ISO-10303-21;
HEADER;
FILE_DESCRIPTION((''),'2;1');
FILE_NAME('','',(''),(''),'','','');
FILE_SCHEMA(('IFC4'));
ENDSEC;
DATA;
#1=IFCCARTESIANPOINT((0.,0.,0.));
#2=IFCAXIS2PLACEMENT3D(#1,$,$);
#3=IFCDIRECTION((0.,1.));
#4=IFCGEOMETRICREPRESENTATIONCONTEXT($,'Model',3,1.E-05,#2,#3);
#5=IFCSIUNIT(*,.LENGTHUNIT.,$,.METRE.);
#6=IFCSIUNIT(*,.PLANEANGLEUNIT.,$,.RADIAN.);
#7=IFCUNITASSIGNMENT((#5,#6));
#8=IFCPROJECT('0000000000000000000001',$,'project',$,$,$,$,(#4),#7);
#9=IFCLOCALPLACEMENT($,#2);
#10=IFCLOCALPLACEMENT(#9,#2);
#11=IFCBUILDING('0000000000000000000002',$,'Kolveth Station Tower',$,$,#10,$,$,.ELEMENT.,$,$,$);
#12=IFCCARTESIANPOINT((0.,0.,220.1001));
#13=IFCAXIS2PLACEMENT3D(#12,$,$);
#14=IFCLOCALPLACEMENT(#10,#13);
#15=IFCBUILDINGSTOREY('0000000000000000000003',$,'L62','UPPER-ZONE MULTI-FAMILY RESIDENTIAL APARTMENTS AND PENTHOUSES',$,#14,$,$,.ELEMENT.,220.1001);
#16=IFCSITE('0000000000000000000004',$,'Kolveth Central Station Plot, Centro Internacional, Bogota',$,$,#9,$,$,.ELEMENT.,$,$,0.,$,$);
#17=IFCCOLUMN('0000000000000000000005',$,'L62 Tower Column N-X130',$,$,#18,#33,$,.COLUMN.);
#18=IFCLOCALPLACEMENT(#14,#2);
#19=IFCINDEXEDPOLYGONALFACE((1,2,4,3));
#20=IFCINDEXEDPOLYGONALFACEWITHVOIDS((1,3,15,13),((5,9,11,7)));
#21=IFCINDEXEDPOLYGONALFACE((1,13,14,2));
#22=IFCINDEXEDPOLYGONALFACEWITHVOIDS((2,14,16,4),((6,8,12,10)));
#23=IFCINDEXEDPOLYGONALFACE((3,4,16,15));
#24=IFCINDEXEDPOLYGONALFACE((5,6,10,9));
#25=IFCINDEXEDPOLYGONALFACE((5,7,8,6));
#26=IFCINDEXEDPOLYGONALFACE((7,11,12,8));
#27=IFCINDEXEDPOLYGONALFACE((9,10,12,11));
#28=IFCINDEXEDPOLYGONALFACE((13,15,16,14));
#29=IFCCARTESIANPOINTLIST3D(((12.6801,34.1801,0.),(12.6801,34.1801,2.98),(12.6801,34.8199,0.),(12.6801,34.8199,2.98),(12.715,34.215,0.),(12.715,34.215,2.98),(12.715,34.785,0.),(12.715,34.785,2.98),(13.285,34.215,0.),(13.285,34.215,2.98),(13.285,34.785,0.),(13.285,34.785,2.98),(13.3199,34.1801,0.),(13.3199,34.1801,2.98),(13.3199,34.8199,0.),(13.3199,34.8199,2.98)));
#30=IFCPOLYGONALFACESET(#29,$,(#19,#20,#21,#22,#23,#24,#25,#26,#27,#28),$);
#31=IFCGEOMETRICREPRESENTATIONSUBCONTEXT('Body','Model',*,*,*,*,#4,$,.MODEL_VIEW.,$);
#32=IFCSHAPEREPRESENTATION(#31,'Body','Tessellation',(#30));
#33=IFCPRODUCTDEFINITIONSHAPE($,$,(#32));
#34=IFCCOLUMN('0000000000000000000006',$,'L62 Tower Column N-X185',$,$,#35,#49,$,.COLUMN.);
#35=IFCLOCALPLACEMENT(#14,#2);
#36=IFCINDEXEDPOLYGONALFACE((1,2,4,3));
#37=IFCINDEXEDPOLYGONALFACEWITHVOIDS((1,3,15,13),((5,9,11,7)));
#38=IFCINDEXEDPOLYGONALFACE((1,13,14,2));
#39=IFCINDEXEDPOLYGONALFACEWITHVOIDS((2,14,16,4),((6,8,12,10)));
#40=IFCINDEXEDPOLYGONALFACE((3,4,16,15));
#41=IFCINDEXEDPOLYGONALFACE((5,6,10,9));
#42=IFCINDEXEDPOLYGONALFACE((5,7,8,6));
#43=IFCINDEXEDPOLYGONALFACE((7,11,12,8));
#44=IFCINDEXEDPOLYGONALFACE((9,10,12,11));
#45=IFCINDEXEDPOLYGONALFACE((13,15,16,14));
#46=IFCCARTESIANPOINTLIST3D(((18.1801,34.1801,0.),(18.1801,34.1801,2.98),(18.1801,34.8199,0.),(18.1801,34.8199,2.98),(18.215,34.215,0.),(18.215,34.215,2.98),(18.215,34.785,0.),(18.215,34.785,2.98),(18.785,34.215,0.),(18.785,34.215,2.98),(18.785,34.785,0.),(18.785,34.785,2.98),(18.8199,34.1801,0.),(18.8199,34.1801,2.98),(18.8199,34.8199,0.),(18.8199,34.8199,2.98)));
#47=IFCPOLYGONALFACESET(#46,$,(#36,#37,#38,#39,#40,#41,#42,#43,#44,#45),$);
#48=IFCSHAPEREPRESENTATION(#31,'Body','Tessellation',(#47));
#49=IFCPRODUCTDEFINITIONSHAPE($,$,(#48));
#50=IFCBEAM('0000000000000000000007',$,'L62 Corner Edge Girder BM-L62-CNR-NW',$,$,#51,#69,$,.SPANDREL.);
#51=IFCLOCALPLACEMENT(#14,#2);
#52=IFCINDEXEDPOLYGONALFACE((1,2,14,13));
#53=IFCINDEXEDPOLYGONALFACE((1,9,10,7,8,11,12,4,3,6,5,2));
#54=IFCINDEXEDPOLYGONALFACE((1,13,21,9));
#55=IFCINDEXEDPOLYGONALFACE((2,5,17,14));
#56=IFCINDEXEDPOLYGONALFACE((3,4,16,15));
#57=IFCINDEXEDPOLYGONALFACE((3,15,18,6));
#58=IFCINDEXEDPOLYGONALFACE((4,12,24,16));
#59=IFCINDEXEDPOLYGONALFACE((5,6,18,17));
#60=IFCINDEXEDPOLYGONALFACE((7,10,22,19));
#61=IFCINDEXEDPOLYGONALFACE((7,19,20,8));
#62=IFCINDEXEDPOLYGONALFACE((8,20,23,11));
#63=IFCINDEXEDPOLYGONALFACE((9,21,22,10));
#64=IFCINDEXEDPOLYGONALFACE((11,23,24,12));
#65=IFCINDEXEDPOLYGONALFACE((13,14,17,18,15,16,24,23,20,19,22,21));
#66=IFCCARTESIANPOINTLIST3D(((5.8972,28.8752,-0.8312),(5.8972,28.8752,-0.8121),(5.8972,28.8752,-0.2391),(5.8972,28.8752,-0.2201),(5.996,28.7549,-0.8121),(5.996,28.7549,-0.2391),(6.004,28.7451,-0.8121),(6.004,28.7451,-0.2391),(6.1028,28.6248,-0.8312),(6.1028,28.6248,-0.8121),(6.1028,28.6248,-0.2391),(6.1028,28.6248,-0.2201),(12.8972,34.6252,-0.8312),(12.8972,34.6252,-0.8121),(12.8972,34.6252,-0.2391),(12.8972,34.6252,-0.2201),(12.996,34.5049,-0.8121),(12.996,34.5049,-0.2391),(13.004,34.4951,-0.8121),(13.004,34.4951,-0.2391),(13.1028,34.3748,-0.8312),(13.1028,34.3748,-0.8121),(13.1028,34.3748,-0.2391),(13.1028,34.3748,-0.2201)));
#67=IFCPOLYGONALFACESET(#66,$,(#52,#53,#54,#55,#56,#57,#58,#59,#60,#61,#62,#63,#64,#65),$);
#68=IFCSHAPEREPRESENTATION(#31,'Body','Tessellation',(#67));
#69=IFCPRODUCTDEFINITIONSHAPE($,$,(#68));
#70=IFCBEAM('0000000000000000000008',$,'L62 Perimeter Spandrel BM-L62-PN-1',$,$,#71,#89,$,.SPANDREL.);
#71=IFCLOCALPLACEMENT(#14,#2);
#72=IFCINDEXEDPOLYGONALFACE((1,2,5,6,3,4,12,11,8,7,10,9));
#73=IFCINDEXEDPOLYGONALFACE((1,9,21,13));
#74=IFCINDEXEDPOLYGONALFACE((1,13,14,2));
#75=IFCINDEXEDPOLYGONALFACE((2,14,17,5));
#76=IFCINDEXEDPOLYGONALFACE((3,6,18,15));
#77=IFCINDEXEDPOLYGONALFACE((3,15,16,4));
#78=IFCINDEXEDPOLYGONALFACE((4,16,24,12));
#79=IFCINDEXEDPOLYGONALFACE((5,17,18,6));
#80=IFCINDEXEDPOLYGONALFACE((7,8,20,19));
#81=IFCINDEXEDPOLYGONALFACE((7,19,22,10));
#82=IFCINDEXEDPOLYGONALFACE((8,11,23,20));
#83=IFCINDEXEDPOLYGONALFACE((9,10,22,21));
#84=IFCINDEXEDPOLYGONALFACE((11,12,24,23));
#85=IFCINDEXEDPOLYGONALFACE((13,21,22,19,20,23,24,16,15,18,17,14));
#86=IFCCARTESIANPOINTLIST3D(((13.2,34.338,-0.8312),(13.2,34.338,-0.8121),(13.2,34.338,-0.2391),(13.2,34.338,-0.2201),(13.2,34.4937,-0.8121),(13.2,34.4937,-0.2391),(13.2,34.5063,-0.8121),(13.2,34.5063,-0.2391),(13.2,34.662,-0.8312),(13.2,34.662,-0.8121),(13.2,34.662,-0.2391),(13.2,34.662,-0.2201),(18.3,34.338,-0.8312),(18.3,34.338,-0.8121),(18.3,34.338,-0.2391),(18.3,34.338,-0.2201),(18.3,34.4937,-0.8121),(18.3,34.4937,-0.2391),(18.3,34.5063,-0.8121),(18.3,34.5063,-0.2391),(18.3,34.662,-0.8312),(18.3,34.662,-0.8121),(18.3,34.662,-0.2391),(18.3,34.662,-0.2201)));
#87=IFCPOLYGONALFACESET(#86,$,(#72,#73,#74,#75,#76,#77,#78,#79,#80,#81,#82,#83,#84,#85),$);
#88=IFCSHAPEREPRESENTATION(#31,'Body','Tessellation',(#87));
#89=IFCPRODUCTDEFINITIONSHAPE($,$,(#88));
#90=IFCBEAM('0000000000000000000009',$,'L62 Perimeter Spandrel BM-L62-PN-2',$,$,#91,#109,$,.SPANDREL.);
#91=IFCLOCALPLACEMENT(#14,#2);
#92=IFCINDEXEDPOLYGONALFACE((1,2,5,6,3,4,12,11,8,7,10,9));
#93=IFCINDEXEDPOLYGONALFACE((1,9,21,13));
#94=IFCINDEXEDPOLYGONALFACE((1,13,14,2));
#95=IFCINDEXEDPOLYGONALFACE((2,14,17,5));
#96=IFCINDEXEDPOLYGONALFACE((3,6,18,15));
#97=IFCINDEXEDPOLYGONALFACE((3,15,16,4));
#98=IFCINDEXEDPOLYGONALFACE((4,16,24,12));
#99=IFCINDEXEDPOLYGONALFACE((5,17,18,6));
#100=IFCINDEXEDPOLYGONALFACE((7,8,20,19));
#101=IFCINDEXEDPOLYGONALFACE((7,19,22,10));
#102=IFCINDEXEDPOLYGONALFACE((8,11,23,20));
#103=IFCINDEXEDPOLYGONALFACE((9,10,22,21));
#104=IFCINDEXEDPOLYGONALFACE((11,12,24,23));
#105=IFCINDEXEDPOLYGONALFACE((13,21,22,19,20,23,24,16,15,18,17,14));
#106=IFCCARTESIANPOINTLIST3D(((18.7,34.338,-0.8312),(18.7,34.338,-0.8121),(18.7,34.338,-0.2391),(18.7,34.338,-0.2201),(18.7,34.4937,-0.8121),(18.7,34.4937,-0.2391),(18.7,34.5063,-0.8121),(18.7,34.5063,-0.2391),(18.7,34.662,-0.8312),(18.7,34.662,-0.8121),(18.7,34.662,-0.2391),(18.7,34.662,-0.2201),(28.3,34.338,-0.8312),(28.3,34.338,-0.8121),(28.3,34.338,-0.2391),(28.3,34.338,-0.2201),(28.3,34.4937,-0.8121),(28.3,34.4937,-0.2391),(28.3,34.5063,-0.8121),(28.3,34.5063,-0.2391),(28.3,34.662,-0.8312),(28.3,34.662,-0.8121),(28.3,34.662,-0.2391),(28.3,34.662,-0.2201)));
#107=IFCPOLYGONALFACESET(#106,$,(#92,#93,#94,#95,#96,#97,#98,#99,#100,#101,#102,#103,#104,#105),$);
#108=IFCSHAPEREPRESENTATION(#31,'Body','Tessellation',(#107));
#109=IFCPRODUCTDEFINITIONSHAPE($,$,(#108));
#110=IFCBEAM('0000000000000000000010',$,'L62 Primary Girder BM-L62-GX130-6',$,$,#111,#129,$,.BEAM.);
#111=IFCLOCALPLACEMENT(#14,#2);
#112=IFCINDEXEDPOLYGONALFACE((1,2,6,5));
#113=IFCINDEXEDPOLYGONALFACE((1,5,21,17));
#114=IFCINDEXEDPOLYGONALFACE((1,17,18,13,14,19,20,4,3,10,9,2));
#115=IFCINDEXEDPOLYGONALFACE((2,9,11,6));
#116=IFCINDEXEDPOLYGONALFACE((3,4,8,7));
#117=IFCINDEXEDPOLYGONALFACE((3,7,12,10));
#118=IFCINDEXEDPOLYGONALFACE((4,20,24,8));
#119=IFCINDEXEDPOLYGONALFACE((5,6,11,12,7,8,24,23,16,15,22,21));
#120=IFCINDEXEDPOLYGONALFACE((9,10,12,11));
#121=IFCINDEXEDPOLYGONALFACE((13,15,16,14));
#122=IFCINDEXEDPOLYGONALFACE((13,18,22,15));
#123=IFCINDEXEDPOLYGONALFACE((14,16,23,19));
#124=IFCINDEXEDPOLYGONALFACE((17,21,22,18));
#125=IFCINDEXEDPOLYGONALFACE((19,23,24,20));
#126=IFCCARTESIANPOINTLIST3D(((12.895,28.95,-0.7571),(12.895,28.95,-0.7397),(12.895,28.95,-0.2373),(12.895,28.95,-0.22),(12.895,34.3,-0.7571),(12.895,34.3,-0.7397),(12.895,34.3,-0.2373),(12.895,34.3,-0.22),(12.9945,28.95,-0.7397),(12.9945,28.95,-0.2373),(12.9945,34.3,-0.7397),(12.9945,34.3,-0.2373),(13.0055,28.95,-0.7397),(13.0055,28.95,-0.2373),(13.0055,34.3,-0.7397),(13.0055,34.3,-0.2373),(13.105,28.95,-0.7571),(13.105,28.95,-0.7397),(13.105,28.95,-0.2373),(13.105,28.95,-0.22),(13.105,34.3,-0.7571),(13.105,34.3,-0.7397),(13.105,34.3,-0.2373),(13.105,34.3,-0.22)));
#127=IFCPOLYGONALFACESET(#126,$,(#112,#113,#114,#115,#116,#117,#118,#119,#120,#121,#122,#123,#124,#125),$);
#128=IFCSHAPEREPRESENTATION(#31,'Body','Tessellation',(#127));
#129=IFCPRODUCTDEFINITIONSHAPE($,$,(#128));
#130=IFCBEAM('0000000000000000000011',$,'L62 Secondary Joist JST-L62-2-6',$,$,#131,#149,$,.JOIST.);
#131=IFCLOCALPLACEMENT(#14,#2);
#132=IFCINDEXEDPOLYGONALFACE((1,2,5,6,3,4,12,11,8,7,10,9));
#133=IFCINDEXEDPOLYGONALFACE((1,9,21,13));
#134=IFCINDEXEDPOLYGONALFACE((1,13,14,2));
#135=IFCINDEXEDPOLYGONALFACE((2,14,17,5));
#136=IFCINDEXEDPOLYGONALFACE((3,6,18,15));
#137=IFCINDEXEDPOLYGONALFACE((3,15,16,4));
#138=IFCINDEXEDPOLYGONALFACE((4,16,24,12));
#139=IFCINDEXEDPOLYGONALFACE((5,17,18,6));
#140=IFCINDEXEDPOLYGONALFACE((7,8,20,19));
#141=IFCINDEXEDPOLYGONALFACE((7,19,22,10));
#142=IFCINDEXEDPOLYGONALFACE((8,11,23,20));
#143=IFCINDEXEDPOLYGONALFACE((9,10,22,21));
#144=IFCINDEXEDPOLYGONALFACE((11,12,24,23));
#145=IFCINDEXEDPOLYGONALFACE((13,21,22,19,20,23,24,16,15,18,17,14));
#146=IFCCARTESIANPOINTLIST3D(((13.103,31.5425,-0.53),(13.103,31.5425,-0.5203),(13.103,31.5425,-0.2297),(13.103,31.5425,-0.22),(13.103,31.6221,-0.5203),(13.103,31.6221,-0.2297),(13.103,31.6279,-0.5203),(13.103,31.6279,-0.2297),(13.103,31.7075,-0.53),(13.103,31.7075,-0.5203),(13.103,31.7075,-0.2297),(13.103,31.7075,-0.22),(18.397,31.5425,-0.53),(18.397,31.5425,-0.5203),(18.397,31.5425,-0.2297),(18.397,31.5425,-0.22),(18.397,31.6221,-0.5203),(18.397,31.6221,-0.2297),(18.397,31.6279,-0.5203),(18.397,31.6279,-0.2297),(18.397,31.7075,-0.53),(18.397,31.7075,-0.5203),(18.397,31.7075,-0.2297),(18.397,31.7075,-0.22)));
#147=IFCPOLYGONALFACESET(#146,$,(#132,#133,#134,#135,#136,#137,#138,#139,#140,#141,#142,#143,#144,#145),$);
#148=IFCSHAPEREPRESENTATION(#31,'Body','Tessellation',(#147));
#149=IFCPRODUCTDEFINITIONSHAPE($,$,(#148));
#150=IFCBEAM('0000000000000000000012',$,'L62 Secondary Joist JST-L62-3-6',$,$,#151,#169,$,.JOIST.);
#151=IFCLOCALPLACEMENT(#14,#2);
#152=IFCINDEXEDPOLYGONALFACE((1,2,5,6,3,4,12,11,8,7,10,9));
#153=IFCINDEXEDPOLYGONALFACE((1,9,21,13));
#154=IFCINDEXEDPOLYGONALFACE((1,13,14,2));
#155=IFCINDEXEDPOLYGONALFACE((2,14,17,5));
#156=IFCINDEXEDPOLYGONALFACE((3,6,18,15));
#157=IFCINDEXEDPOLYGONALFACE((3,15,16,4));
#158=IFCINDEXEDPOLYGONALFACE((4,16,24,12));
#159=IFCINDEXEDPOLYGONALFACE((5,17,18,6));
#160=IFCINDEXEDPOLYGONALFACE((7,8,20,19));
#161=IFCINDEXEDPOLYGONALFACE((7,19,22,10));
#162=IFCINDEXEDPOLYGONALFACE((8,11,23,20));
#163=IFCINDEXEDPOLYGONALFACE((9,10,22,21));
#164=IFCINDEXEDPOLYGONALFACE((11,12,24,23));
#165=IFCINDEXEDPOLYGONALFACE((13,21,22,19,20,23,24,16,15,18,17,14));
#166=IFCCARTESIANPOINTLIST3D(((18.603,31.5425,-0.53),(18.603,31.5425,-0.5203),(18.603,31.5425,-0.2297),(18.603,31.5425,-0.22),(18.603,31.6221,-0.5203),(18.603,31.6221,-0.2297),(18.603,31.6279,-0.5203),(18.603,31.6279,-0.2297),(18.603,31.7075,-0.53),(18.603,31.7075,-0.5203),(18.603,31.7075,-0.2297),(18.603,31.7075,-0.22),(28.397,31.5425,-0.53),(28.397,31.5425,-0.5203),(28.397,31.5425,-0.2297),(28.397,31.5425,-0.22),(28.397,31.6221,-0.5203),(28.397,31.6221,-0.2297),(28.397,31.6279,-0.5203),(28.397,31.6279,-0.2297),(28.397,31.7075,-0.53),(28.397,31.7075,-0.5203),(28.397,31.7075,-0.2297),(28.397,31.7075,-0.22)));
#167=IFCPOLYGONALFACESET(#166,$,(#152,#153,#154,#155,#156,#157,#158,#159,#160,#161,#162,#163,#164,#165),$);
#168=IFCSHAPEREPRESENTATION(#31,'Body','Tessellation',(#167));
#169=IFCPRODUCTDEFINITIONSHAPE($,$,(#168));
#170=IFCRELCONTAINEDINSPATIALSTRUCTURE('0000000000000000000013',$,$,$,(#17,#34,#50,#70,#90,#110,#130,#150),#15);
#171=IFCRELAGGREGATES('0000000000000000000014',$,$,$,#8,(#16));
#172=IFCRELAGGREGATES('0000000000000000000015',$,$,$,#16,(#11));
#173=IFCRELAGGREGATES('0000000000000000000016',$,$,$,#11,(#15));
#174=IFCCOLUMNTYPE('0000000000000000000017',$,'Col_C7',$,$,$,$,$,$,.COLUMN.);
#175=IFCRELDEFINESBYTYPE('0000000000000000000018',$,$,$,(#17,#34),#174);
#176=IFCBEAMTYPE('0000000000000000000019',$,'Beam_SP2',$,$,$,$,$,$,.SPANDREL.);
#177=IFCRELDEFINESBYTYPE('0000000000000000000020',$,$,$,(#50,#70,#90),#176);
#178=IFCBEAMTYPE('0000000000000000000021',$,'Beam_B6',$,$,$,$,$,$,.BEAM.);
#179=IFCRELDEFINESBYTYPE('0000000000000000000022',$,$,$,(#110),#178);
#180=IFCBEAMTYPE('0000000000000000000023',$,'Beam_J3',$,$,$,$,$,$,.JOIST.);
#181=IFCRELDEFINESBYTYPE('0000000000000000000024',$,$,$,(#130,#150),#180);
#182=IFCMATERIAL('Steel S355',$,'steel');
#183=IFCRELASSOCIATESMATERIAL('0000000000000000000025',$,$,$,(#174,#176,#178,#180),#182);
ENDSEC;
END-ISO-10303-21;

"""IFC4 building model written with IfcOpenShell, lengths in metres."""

from ifc_helpers import new_model, si_unit, direction, frame, origin, origin_2d, place, context, subcontext, project, spatial, hollow_rectangle, i_section, extrude, source, transform, mapped, material, material_profile, profile_set, type_object, element, save


model = new_model("IFC4")

# Units and contexts
model_context = context("Model", 3, precision=1e-05, world=origin(), true_north=direction((0.0, 1.0)))
body_context = subcontext(model_context, "Body", "Model", "MODEL_VIEW")
ifc_project = project(units=[si_unit("LENGTHUNIT", "METRE"), si_unit("PLANEANGLEUNIT", "RADIAN")], contexts=[model_context])

# Site, building, storey
site_placement = place(None, origin())
site = spatial("IfcSite", under=ifc_project, at=site_placement, Name="Kolveth Central Station Plot, Centro Internacional, Bogota", CompositionType="ELEMENT", RefElevation=0.0)
building_placement = place(site_placement, origin())
building = spatial("IfcBuilding", under=site, at=building_placement, Name="Kolveth Station Tower", CompositionType="ELEMENT")
storey_placement = place(building_placement, frame((0.0, 0.0, 220.1001)))
storey = spatial("IfcBuildingStorey", under=building, at=storey_placement, Name="L62", Description="UPPER-ZONE MULTI-FAMILY RESIDENTIAL APARTMENTS AND PENTHOUSES", CompositionType="ELEMENT", Elevation=220.1001)

# Columns
ifc_material_1 = material(Name="Steel S355", Category="steel")
ifc_material_profile_1 = material_profile(ifc_material_1, hollow_rectangle(XDim=0.6399, YDim=0.6399, WallThickness=0.0349, at=origin_2d()), Name="BOX640x640x35")
ifc_profile_set_1 = profile_set([ifc_material_profile_1], Name="Steel S355")
column_type = type_object("IfcColumnType", Name="Col_C7", PredefinedType="COLUMN", material=ifc_profile_set_1)
shared_shape_1 = source(origin(), body_context, "Body", "SweptSolid", [
    extrude(hollow_rectangle(XDim=0.6399, YDim=0.6399, WallThickness=0.0349, at=origin_2d()), origin(), (0.0, 0.0, 1.0), 2.98),
])
for number, where, z_axis, x_axis, name in (
    (1, (13.0, 34.5, 0.0), (0.0, 0.0, 1.0), (1.0, 0.0, 0.0), "L62 Tower Column N-X130"),
    (2, (18.5, 34.5, 0.0), (0.0, 0.0, 1.0), (1.0, 0.0, 0.0), "L62 Tower Column N-X185"),
):
    element("IfcColumn", number, at=place(storey_placement, frame(where, z_axis=z_axis, x_axis=x_axis)), inside=storey, type_object=column_type, Name=name, PredefinedType="COLUMN", context=body_context, shape_type="MappedRepresentation", body=[
        mapped(shared_shape_1, transform((0.0, 0.0, 0.0), x_axis=(1.0, 0.0, 0.0), y_axis=(0.0, 1.0, 0.0), z_axis=(0.0, 0.0, 1.0), scale=1.0)),
    ])

# Beams
ifc_material_profile_2 = material_profile(ifc_material_1, i_section(OverallWidth=0.324, OverallDepth=0.6111, WebThickness=0.0127, FlangeThickness=0.019, at=origin_2d()), Name="W610x155")
ifc_profile_set_2 = profile_set([ifc_material_profile_2], Name="Steel S355")
beam_type_1 = type_object("IfcBeamType", Name="Beam_SP2", PredefinedType="SPANDREL", material=ifc_profile_set_2)
shared_shape_2 = source(origin(), body_context, "Body", "SweptSolid", [
    extrude(i_section(OverallWidth=0.324, OverallDepth=0.6111, WebThickness=0.0127, FlangeThickness=0.019, at=origin_2d()), origin(), (0.0, 0.0, 1.0), 9.0588),
])
beam_1_placement = place(storey_placement, frame((13.0, 34.5, -0.5256), z_axis=(-0.772726, -0.634739, 0.0), x_axis=(0.634739, -0.772726, 0.0)))
element("IfcBeam", 3, at=beam_1_placement, inside=storey, type_object=beam_type_1, Name="L62 Corner Edge Girder BM-L62-CNR-NW", PredefinedType="SPANDREL", context=body_context, shape_type="MappedRepresentation", body=[
    mapped(shared_shape_2, transform((0.0, 0.0, 0.0), x_axis=(1.0, 0.0, 0.0), y_axis=(0.0, 1.0, 0.0), z_axis=(0.0, 0.0, 1.0), scale=1.0)),
])
shared_shape_3 = source(origin(), body_context, "Body", "SweptSolid", [
    extrude(i_section(OverallWidth=0.324, OverallDepth=0.6111, WebThickness=0.0127, FlangeThickness=0.019, at=origin_2d()), origin(), (0.0, 0.0, 1.0), 5.1001),
])
beam_2_placement = place(storey_placement, frame((13.2, 34.5, -0.5256), z_axis=(1.0, 0.0, 0.0), x_axis=(0.0, 1.0, 0.0)))
element("IfcBeam", 4, at=beam_2_placement, inside=storey, type_object=beam_type_1, Name="L62 Perimeter Spandrel BM-L62-PN-1", PredefinedType="SPANDREL", context=body_context, shape_type="MappedRepresentation", body=[
    mapped(shared_shape_3, transform((0.0, 0.0, 0.0), x_axis=(1.0, 0.0, 0.0), y_axis=(0.0, 1.0, 0.0), z_axis=(0.0, 0.0, 1.0), scale=1.0)),
])
shared_shape_4 = source(origin(), body_context, "Body", "SweptSolid", [
    extrude(i_section(OverallWidth=0.324, OverallDepth=0.6111, WebThickness=0.0127, FlangeThickness=0.019, at=origin_2d()), origin(), (0.0, 0.0, 1.0), 9.6001),
])
beam_3_placement = place(storey_placement, frame((18.7, 34.5, -0.5256), z_axis=(1.0, 0.0, 0.0), x_axis=(0.0, 1.0, 0.0)))
element("IfcBeam", 5, at=beam_3_placement, inside=storey, type_object=beam_type_1, Name="L62 Perimeter Spandrel BM-L62-PN-2", PredefinedType="SPANDREL", context=body_context, shape_type="MappedRepresentation", body=[
    mapped(shared_shape_4, transform((0.0, 0.0, 0.0), x_axis=(1.0, 0.0, 0.0), y_axis=(0.0, 1.0, 0.0), z_axis=(0.0, 0.0, 1.0), scale=1.0)),
])
ifc_material_profile_3 = material_profile(ifc_material_1, i_section(OverallWidth=0.21, OverallDepth=0.5371, WebThickness=0.011, FlangeThickness=0.0173, at=origin_2d()), Name="W530x101")
ifc_profile_set_3 = profile_set([ifc_material_profile_3], Name="Steel S355")
beam_type_2 = type_object("IfcBeamType", Name="Beam_B6", PredefinedType="BEAM", material=ifc_profile_set_3)
shared_shape_5 = source(origin(), body_context, "Body", "SweptSolid", [
    extrude(i_section(OverallWidth=0.21, OverallDepth=0.5371, WebThickness=0.011, FlangeThickness=0.0173, at=origin_2d()), origin(), (0.0, 0.0, 1.0), 5.3501),
])
beam_4_placement = place(storey_placement, frame((13.0, 28.95, -0.4885), z_axis=(0.0, 1.0, 0.0), x_axis=(-1.0, 0.0, 0.0)))
element("IfcBeam", 6, at=beam_4_placement, inside=storey, type_object=beam_type_2, Name="L62 Primary Girder BM-L62-GX130-6", PredefinedType="BEAM", context=body_context, shape_type="MappedRepresentation", body=[
    mapped(shared_shape_5, transform((0.0, 0.0, 0.0), x_axis=(1.0, 0.0, 0.0), y_axis=(0.0, 1.0, 0.0), z_axis=(0.0, 0.0, 1.0), scale=1.0)),
])
ifc_material_profile_4 = material_profile(ifc_material_1, i_section(OverallWidth=0.165, OverallDepth=0.3101, WebThickness=0.0059, FlangeThickness=0.0098, at=origin_2d()), Name="W310x39")
ifc_profile_set_4 = profile_set([ifc_material_profile_4], Name="Steel S355")
beam_type_3 = type_object("IfcBeamType", Name="Beam_J3", PredefinedType="JOIST", material=ifc_profile_set_4)
shared_shape_6 = source(origin(), body_context, "Body", "SweptSolid", [
    extrude(i_section(OverallWidth=0.165, OverallDepth=0.3101, WebThickness=0.0059, FlangeThickness=0.0098, at=origin_2d()), origin(), (0.0, 0.0, 1.0), 5.2939),
])
beam_5_placement = place(storey_placement, frame((13.103, 31.625, -0.375), z_axis=(1.0, 0.0, 0.0), x_axis=(0.0, 1.0, 0.0)))
element("IfcBeam", 7, at=beam_5_placement, inside=storey, type_object=beam_type_3, Name="L62 Secondary Joist JST-L62-2-6", PredefinedType="JOIST", context=body_context, shape_type="MappedRepresentation", body=[
    mapped(shared_shape_6, transform((0.0, 0.0, 0.0), x_axis=(1.0, 0.0, 0.0), y_axis=(0.0, 1.0, 0.0), z_axis=(0.0, 0.0, 1.0), scale=1.0)),
])
shared_shape_7 = source(origin(), body_context, "Body", "SweptSolid", [
    extrude(i_section(OverallWidth=0.165, OverallDepth=0.3101, WebThickness=0.0059, FlangeThickness=0.0098, at=origin_2d()), origin(), (0.0, 0.0, 1.0), 9.7939),
])
beam_6_placement = place(storey_placement, frame((18.603, 31.625, -0.375), z_axis=(1.0, 0.0, 0.0), x_axis=(0.0, 1.0, 0.0)))
element("IfcBeam", 8, at=beam_6_placement, inside=storey, type_object=beam_type_3, Name="L62 Secondary Joist JST-L62-3-6", PredefinedType="JOIST", context=body_context, shape_type="MappedRepresentation", body=[
    mapped(shared_shape_7, transform((0.0, 0.0, 0.0), x_axis=(1.0, 0.0, 0.0), y_axis=(0.0, 1.0, 0.0), z_axis=(0.0, 0.0, 1.0), scale=1.0)),
])

save(model, "model.ifc")
